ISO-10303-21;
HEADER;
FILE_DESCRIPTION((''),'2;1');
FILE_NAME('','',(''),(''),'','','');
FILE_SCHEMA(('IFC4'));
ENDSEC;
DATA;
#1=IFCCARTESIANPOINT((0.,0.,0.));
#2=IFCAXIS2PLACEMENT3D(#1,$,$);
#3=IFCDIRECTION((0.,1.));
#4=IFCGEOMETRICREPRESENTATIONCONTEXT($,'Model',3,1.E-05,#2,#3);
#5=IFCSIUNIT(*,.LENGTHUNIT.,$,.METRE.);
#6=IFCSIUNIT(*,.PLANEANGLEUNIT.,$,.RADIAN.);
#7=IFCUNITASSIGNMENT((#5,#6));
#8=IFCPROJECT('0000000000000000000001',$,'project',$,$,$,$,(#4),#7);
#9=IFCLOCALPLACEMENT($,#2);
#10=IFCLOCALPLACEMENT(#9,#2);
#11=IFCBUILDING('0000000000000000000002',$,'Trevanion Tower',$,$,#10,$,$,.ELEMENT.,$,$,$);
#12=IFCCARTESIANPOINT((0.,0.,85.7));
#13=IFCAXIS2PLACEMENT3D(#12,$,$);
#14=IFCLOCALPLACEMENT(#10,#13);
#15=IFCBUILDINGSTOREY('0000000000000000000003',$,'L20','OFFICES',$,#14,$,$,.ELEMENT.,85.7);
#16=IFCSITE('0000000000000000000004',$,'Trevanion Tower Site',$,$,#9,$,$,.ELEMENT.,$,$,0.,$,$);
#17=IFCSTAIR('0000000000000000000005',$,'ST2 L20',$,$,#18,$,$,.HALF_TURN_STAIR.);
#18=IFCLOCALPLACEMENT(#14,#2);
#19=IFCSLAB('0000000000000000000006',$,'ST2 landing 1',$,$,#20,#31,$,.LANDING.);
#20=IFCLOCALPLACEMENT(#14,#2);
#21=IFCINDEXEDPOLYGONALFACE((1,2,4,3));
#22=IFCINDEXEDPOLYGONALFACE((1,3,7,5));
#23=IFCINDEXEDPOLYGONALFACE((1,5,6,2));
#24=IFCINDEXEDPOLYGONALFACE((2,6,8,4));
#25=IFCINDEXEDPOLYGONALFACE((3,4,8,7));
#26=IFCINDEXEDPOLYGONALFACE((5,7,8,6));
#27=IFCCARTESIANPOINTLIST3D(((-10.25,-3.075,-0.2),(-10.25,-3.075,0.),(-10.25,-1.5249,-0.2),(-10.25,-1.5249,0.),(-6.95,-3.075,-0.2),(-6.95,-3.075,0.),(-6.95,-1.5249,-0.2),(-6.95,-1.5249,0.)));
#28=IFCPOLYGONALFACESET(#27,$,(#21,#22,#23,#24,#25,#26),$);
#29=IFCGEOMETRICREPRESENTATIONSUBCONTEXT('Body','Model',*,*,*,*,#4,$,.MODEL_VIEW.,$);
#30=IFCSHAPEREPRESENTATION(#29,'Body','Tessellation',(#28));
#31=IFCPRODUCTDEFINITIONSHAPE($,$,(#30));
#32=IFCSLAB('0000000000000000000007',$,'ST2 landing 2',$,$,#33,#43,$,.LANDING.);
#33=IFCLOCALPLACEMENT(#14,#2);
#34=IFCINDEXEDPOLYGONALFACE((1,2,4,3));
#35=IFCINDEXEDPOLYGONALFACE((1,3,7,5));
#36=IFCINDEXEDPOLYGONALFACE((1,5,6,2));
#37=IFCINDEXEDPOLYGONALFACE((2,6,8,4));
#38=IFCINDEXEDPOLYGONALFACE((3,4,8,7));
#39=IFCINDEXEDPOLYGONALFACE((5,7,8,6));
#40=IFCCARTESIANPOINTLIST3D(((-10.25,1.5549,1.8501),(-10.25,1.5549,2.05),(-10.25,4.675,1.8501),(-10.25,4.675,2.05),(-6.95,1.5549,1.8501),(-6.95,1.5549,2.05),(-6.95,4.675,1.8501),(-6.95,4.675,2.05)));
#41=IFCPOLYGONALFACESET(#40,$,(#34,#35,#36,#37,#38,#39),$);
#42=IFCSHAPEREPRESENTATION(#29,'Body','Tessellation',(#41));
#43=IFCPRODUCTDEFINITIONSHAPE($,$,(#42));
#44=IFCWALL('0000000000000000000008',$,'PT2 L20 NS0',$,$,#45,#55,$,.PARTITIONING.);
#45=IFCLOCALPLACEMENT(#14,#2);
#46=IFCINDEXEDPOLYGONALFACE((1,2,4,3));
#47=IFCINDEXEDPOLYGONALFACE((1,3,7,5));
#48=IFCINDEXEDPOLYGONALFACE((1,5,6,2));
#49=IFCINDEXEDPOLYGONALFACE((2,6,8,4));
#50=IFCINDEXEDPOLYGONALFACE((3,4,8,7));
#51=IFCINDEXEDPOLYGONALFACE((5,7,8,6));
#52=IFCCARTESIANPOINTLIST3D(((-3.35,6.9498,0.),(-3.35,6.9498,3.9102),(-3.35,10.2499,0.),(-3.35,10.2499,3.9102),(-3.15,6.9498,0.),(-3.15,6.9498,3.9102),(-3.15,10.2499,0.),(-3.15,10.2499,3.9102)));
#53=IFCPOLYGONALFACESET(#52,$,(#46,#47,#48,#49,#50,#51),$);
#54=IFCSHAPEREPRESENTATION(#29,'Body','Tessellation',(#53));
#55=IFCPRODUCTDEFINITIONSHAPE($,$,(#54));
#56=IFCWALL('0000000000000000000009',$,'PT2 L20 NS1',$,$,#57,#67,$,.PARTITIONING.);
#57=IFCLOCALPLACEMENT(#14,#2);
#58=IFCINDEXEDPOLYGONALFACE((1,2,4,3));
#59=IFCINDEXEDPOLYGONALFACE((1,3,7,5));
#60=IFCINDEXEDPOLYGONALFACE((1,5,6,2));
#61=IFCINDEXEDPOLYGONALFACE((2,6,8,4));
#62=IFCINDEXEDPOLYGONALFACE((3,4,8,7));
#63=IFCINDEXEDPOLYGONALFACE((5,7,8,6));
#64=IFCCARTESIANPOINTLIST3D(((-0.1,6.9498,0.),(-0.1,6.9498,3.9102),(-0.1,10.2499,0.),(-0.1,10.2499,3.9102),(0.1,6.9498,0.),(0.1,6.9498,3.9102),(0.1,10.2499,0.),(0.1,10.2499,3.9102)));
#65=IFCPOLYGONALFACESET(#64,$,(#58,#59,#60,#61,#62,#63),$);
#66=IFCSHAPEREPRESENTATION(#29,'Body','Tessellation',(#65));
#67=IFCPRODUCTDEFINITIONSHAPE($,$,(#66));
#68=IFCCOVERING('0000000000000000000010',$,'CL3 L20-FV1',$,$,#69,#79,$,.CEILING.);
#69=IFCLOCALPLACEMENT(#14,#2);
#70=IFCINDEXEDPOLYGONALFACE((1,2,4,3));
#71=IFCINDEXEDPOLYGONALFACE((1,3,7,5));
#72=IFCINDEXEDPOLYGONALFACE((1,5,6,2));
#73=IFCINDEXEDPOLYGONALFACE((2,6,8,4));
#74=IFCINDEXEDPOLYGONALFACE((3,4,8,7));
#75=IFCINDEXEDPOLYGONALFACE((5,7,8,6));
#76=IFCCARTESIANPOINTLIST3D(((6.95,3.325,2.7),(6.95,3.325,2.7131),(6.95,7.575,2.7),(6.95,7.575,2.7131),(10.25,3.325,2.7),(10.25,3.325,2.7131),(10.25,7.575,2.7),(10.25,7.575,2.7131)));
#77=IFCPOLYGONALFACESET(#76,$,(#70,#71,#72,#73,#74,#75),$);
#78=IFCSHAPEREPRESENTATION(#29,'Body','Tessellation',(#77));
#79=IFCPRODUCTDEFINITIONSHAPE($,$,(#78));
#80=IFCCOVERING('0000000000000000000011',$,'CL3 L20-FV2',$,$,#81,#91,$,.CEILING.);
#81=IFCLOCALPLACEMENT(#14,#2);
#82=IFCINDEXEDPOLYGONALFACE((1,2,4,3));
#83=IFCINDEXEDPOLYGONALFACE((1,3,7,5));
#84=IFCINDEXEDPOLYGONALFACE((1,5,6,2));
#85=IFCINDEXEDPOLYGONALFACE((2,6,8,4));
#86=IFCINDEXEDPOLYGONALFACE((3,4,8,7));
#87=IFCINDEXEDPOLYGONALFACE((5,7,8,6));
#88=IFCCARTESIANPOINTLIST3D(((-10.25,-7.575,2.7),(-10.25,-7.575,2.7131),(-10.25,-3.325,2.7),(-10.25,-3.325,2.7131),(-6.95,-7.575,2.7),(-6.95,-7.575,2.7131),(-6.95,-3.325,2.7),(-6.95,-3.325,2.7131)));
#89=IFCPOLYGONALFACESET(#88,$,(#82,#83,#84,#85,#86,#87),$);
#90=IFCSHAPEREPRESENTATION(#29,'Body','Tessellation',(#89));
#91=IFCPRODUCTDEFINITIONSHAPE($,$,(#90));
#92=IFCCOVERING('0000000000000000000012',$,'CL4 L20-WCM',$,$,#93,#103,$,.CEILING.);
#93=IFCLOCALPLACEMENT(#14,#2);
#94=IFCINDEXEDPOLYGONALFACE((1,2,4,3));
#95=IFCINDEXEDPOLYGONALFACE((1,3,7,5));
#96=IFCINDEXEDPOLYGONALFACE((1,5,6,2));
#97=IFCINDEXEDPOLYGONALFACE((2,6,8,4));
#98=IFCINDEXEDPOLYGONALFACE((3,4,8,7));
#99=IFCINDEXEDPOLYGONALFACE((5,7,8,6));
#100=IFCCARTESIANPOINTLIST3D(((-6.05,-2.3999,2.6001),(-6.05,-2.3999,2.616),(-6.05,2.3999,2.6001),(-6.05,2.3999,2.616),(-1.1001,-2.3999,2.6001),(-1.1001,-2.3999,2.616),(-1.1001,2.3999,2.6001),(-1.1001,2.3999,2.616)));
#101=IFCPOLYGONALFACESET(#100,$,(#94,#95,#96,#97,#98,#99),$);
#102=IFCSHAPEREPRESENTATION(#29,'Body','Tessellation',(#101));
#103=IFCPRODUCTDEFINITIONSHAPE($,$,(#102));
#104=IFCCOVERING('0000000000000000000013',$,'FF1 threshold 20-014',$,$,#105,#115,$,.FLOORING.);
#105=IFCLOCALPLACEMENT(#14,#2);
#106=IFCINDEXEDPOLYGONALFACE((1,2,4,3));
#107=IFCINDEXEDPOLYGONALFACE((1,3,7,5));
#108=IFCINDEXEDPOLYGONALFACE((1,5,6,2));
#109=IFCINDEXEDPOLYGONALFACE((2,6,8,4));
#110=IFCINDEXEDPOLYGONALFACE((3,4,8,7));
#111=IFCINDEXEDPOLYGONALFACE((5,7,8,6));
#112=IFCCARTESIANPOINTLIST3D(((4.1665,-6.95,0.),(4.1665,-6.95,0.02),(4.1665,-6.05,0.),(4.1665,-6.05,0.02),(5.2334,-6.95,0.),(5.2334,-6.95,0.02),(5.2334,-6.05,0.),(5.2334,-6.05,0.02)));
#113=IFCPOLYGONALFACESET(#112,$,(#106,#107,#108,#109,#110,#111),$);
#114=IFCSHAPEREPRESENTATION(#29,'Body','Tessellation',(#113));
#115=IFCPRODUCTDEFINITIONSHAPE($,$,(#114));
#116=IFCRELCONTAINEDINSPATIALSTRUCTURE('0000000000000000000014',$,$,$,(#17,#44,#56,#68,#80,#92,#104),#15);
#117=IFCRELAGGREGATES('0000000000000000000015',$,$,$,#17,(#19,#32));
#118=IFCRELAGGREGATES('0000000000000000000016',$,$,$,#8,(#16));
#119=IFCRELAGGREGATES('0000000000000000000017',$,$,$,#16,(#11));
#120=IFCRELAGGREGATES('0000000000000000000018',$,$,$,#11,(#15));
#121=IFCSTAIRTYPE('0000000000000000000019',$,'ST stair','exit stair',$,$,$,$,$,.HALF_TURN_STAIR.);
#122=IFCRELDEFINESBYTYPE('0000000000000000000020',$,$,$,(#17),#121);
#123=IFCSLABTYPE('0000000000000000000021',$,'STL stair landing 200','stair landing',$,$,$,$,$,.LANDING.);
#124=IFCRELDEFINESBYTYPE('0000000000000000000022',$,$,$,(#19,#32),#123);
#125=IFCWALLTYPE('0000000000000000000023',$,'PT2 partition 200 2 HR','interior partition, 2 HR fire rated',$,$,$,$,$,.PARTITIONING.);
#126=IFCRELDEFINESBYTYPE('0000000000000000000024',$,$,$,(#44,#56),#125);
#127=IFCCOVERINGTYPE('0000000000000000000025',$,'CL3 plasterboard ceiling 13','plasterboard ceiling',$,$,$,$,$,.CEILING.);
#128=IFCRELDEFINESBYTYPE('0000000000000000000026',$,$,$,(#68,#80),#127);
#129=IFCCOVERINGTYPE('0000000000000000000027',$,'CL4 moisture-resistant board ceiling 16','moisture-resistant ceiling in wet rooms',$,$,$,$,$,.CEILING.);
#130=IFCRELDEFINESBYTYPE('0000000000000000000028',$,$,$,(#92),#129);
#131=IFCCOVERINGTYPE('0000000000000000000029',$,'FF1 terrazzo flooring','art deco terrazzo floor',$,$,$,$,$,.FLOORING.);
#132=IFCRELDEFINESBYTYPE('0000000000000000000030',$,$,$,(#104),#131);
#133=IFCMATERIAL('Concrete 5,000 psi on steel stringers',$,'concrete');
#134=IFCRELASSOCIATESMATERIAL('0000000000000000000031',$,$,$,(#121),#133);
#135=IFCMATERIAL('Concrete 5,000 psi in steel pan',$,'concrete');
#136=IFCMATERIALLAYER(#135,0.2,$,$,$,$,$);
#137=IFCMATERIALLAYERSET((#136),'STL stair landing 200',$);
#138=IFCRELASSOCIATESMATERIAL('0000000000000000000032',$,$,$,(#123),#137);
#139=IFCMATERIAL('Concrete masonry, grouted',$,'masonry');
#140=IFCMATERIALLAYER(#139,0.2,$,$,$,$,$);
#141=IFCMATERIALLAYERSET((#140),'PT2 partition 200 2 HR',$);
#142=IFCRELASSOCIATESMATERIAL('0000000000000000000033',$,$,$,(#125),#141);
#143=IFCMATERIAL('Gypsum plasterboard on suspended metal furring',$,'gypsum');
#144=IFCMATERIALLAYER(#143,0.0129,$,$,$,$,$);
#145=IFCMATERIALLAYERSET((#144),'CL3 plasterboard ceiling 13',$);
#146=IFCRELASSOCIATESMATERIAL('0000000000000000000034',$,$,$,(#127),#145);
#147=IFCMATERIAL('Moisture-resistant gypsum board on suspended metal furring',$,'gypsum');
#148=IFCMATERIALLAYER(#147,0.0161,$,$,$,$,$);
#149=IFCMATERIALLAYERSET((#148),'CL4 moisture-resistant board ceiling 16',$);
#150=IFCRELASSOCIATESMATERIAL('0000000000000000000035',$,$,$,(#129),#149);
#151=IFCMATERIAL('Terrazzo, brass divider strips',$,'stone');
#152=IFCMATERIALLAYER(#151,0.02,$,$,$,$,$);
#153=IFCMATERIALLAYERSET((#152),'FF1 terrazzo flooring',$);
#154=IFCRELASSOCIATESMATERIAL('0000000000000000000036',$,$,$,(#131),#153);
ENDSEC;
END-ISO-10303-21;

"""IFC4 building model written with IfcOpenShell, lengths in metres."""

from ifc_helpers import new_model, si_unit, direction, frame, frame_2d, origin, place, context, subcontext, project, spatial, polyline, rectangle, outline, extrude, material, layer, layer_set, type_object, element, aggregate, save


model = new_model("IFC4")

# Units and contexts
model_context = context("Model", 3, precision=1e-05, world=origin(), true_north=direction((0.0, 1.0)))
body_context = subcontext(model_context, "Body", "Model", "MODEL_VIEW")
ifc_project = project(units=[si_unit("LENGTHUNIT", "METRE"), si_unit("PLANEANGLEUNIT", "RADIAN")], contexts=[model_context])

# Site, building, storey
site_placement = place(None, origin())
site = spatial("IfcSite", under=ifc_project, at=site_placement, Name="Trevanion Tower Site", CompositionType="ELEMENT", RefElevation=0.0)
building_placement = place(site_placement, origin())
building = spatial("IfcBuilding", under=site, at=building_placement, Name="Trevanion Tower", CompositionType="ELEMENT")
storey_placement = place(building_placement, frame((0.0, 0.0, 85.7)))
storey = spatial("IfcBuildingStorey", under=building, at=storey_placement, Name="L20", Description="OFFICES", CompositionType="ELEMENT", Elevation=85.7)

# Stair, slabs
ifc_material_1 = material(Name="Concrete 5,000 psi on steel stringers", Category="concrete")
stair_type = type_object("IfcStairType", Name="ST stair", Description="exit stair", PredefinedType="HALF_TURN_STAIR", material=ifc_material_1)
ifc_material_2 = material(Name="Concrete 5,000 psi in steel pan", Category="concrete")
ifc_layer_1 = layer(ifc_material_2, 0.2)
ifc_layer_set_1 = layer_set([ifc_layer_1], Name="STL stair landing 200")
slab_type_1 = type_object("IfcSlabType", Name="STL stair landing 200", Description="stair landing", PredefinedType="LANDING", material=ifc_layer_set_1)
stair_1_placement = place(storey_placement, origin())
stair_1 = element("IfcStair", 1, at=stair_1_placement, inside=storey, type_object=stair_type, Name="ST2 L20", PredefinedType="HALF_TURN_STAIR")
slab_1_placement = place(storey_placement, frame((0.0, 0.0, -0.2)))
slab_1 = element("IfcSlab", 2, at=slab_1_placement, type_object=slab_type_1, Name="ST2 landing 1", PredefinedType="LANDING", context=body_context, shape_type="SweptSolid", body=[
    extrude(outline(polyline([(-6.95, -1.5249), (-10.25, -1.5249), (-10.25, -3.075), (-6.95, -3.075), (-6.95, -1.5249)])), origin(), (0.0, 0.0, 1.0), 0.2),
])
slab_2_placement = place(storey_placement, frame((0.0, 0.0, 1.8501)))
slab_2 = element("IfcSlab", 3, at=slab_2_placement, type_object=slab_type_1, Name="ST2 landing 2", PredefinedType="LANDING", context=body_context, shape_type="SweptSolid", body=[
    extrude(outline(polyline([(-6.95, 4.675), (-10.25, 4.675), (-10.25, 1.5549), (-6.95, 1.5549), (-6.95, 4.675)])), origin(), (0.0, 0.0, 1.0), 0.2),
])
aggregate(stair_1, [slab_1, slab_2])

# Walls
ifc_material_3 = material(Name="Concrete masonry, grouted", Category="masonry")
ifc_layer_2 = layer(ifc_material_3, 0.2)
ifc_layer_set_2 = layer_set([ifc_layer_2], Name="PT2 partition 200 2 HR")
wall_type = type_object("IfcWallType", Name="PT2 partition 200 2 HR", Description="interior partition, 2 HR fire rated", PredefinedType="PARTITIONING", material=ifc_layer_set_2)
for number, where, z_axis, x_axis, name in (
    (4, (-3.25, 6.95, 0.0), (0.0, 0.0, 1.0), (0.0, 1.0, 0.0), "PT2 L20 NS0"),
    (5, (0.0, 6.95, 0.0), (0.0, 0.0, 1.0), (0.0, 1.0, 0.0), "PT2 L20 NS1"),
):
    element("IfcWall", number, at=place(storey_placement, frame(where, z_axis=z_axis, x_axis=x_axis)), inside=storey, type_object=wall_type, Name=name, PredefinedType="PARTITIONING", context=body_context, shape_type="SweptSolid", body=[
        extrude(rectangle(XDim=3.3, YDim=0.2, at=frame_2d((1.6499, 0.0))), origin(), (0.0, 0.0, 1.0), 3.9102),
    ])

# Coverings
ifc_material_4 = material(Name="Gypsum plasterboard on suspended metal furring", Category="gypsum")
ifc_layer_3 = layer(ifc_material_4, 0.0129)
ifc_layer_set_3 = layer_set([ifc_layer_3], Name="CL3 plasterboard ceiling 13")
covering_type_1 = type_object("IfcCoveringType", Name="CL3 plasterboard ceiling 13", Description="plasterboard ceiling", PredefinedType="CEILING", material=ifc_layer_set_3)
covering_1_placement = place(storey_placement, frame((0.0, 0.0, 2.7)))
element("IfcCovering", 6, at=covering_1_placement, inside=storey, type_object=covering_type_1, Name="CL3 L20-FV1", PredefinedType="CEILING", context=body_context, shape_type="SweptSolid", body=[
    extrude(outline(polyline([(10.25, 3.325), (10.25, 7.575), (6.95, 7.575), (6.95, 3.325), (10.25, 3.325)])), origin(), (0.0, 0.0, 1.0), 0.0132),
])
covering_2_placement = place(storey_placement, frame((0.0, 0.0, 2.7)))
element("IfcCovering", 7, at=covering_2_placement, inside=storey, type_object=covering_type_1, Name="CL3 L20-FV2", PredefinedType="CEILING", context=body_context, shape_type="SweptSolid", body=[
    extrude(outline(polyline([(-10.25, -3.325), (-10.25, -7.575), (-6.95, -7.575), (-6.95, -3.325), (-10.25, -3.325)])), origin(), (0.0, 0.0, 1.0), 0.0132),
])
ifc_material_5 = material(Name="Moisture-resistant gypsum board on suspended metal furring", Category="gypsum")
ifc_layer_4 = layer(ifc_material_5, 0.0161)
ifc_layer_set_4 = layer_set([ifc_layer_4], Name="CL4 moisture-resistant board ceiling 16")
covering_type_2 = type_object("IfcCoveringType", Name="CL4 moisture-resistant board ceiling 16", Description="moisture-resistant ceiling in wet rooms", PredefinedType="CEILING", material=ifc_layer_set_4)
covering_3_placement = place(storey_placement, frame((0.0, 0.0, 2.6001)))
element("IfcCovering", 8, at=covering_3_placement, inside=storey, type_object=covering_type_2, Name="CL4 L20-WCM", PredefinedType="CEILING", context=body_context, shape_type="SweptSolid", body=[
    extrude(outline(polyline([(-1.1001, -2.3999), (-1.1001, 2.3999), (-6.05, 2.3999), (-6.05, -2.3999), (-1.1001, -2.3999)])), origin(), (0.0, 0.0, 1.0), 0.0159),
])
ifc_material_6 = material(Name="Terrazzo, brass divider strips", Category="stone")
ifc_layer_5 = layer(ifc_material_6, 0.02)
ifc_layer_set_5 = layer_set([ifc_layer_5], Name="FF1 terrazzo flooring")
covering_type_3 = type_object("IfcCoveringType", Name="FF1 terrazzo flooring", Description="art deco terrazzo floor", PredefinedType="FLOORING", material=ifc_layer_set_5)
covering_4_placement = place(storey_placement, origin())
element("IfcCovering", 9, at=covering_4_placement, inside=storey, type_object=covering_type_3, Name="FF1 threshold 20-014", PredefinedType="FLOORING", context=body_context, shape_type="SweptSolid", body=[
    extrude(outline(polyline([(4.1665, -6.95), (5.2334, -6.95), (5.2334, -6.05), (4.1665, -6.05), (4.1665, -6.95)])), origin(), (0.0, 0.0, 1.0), 0.02),
])

save(model, "model.ifc")
